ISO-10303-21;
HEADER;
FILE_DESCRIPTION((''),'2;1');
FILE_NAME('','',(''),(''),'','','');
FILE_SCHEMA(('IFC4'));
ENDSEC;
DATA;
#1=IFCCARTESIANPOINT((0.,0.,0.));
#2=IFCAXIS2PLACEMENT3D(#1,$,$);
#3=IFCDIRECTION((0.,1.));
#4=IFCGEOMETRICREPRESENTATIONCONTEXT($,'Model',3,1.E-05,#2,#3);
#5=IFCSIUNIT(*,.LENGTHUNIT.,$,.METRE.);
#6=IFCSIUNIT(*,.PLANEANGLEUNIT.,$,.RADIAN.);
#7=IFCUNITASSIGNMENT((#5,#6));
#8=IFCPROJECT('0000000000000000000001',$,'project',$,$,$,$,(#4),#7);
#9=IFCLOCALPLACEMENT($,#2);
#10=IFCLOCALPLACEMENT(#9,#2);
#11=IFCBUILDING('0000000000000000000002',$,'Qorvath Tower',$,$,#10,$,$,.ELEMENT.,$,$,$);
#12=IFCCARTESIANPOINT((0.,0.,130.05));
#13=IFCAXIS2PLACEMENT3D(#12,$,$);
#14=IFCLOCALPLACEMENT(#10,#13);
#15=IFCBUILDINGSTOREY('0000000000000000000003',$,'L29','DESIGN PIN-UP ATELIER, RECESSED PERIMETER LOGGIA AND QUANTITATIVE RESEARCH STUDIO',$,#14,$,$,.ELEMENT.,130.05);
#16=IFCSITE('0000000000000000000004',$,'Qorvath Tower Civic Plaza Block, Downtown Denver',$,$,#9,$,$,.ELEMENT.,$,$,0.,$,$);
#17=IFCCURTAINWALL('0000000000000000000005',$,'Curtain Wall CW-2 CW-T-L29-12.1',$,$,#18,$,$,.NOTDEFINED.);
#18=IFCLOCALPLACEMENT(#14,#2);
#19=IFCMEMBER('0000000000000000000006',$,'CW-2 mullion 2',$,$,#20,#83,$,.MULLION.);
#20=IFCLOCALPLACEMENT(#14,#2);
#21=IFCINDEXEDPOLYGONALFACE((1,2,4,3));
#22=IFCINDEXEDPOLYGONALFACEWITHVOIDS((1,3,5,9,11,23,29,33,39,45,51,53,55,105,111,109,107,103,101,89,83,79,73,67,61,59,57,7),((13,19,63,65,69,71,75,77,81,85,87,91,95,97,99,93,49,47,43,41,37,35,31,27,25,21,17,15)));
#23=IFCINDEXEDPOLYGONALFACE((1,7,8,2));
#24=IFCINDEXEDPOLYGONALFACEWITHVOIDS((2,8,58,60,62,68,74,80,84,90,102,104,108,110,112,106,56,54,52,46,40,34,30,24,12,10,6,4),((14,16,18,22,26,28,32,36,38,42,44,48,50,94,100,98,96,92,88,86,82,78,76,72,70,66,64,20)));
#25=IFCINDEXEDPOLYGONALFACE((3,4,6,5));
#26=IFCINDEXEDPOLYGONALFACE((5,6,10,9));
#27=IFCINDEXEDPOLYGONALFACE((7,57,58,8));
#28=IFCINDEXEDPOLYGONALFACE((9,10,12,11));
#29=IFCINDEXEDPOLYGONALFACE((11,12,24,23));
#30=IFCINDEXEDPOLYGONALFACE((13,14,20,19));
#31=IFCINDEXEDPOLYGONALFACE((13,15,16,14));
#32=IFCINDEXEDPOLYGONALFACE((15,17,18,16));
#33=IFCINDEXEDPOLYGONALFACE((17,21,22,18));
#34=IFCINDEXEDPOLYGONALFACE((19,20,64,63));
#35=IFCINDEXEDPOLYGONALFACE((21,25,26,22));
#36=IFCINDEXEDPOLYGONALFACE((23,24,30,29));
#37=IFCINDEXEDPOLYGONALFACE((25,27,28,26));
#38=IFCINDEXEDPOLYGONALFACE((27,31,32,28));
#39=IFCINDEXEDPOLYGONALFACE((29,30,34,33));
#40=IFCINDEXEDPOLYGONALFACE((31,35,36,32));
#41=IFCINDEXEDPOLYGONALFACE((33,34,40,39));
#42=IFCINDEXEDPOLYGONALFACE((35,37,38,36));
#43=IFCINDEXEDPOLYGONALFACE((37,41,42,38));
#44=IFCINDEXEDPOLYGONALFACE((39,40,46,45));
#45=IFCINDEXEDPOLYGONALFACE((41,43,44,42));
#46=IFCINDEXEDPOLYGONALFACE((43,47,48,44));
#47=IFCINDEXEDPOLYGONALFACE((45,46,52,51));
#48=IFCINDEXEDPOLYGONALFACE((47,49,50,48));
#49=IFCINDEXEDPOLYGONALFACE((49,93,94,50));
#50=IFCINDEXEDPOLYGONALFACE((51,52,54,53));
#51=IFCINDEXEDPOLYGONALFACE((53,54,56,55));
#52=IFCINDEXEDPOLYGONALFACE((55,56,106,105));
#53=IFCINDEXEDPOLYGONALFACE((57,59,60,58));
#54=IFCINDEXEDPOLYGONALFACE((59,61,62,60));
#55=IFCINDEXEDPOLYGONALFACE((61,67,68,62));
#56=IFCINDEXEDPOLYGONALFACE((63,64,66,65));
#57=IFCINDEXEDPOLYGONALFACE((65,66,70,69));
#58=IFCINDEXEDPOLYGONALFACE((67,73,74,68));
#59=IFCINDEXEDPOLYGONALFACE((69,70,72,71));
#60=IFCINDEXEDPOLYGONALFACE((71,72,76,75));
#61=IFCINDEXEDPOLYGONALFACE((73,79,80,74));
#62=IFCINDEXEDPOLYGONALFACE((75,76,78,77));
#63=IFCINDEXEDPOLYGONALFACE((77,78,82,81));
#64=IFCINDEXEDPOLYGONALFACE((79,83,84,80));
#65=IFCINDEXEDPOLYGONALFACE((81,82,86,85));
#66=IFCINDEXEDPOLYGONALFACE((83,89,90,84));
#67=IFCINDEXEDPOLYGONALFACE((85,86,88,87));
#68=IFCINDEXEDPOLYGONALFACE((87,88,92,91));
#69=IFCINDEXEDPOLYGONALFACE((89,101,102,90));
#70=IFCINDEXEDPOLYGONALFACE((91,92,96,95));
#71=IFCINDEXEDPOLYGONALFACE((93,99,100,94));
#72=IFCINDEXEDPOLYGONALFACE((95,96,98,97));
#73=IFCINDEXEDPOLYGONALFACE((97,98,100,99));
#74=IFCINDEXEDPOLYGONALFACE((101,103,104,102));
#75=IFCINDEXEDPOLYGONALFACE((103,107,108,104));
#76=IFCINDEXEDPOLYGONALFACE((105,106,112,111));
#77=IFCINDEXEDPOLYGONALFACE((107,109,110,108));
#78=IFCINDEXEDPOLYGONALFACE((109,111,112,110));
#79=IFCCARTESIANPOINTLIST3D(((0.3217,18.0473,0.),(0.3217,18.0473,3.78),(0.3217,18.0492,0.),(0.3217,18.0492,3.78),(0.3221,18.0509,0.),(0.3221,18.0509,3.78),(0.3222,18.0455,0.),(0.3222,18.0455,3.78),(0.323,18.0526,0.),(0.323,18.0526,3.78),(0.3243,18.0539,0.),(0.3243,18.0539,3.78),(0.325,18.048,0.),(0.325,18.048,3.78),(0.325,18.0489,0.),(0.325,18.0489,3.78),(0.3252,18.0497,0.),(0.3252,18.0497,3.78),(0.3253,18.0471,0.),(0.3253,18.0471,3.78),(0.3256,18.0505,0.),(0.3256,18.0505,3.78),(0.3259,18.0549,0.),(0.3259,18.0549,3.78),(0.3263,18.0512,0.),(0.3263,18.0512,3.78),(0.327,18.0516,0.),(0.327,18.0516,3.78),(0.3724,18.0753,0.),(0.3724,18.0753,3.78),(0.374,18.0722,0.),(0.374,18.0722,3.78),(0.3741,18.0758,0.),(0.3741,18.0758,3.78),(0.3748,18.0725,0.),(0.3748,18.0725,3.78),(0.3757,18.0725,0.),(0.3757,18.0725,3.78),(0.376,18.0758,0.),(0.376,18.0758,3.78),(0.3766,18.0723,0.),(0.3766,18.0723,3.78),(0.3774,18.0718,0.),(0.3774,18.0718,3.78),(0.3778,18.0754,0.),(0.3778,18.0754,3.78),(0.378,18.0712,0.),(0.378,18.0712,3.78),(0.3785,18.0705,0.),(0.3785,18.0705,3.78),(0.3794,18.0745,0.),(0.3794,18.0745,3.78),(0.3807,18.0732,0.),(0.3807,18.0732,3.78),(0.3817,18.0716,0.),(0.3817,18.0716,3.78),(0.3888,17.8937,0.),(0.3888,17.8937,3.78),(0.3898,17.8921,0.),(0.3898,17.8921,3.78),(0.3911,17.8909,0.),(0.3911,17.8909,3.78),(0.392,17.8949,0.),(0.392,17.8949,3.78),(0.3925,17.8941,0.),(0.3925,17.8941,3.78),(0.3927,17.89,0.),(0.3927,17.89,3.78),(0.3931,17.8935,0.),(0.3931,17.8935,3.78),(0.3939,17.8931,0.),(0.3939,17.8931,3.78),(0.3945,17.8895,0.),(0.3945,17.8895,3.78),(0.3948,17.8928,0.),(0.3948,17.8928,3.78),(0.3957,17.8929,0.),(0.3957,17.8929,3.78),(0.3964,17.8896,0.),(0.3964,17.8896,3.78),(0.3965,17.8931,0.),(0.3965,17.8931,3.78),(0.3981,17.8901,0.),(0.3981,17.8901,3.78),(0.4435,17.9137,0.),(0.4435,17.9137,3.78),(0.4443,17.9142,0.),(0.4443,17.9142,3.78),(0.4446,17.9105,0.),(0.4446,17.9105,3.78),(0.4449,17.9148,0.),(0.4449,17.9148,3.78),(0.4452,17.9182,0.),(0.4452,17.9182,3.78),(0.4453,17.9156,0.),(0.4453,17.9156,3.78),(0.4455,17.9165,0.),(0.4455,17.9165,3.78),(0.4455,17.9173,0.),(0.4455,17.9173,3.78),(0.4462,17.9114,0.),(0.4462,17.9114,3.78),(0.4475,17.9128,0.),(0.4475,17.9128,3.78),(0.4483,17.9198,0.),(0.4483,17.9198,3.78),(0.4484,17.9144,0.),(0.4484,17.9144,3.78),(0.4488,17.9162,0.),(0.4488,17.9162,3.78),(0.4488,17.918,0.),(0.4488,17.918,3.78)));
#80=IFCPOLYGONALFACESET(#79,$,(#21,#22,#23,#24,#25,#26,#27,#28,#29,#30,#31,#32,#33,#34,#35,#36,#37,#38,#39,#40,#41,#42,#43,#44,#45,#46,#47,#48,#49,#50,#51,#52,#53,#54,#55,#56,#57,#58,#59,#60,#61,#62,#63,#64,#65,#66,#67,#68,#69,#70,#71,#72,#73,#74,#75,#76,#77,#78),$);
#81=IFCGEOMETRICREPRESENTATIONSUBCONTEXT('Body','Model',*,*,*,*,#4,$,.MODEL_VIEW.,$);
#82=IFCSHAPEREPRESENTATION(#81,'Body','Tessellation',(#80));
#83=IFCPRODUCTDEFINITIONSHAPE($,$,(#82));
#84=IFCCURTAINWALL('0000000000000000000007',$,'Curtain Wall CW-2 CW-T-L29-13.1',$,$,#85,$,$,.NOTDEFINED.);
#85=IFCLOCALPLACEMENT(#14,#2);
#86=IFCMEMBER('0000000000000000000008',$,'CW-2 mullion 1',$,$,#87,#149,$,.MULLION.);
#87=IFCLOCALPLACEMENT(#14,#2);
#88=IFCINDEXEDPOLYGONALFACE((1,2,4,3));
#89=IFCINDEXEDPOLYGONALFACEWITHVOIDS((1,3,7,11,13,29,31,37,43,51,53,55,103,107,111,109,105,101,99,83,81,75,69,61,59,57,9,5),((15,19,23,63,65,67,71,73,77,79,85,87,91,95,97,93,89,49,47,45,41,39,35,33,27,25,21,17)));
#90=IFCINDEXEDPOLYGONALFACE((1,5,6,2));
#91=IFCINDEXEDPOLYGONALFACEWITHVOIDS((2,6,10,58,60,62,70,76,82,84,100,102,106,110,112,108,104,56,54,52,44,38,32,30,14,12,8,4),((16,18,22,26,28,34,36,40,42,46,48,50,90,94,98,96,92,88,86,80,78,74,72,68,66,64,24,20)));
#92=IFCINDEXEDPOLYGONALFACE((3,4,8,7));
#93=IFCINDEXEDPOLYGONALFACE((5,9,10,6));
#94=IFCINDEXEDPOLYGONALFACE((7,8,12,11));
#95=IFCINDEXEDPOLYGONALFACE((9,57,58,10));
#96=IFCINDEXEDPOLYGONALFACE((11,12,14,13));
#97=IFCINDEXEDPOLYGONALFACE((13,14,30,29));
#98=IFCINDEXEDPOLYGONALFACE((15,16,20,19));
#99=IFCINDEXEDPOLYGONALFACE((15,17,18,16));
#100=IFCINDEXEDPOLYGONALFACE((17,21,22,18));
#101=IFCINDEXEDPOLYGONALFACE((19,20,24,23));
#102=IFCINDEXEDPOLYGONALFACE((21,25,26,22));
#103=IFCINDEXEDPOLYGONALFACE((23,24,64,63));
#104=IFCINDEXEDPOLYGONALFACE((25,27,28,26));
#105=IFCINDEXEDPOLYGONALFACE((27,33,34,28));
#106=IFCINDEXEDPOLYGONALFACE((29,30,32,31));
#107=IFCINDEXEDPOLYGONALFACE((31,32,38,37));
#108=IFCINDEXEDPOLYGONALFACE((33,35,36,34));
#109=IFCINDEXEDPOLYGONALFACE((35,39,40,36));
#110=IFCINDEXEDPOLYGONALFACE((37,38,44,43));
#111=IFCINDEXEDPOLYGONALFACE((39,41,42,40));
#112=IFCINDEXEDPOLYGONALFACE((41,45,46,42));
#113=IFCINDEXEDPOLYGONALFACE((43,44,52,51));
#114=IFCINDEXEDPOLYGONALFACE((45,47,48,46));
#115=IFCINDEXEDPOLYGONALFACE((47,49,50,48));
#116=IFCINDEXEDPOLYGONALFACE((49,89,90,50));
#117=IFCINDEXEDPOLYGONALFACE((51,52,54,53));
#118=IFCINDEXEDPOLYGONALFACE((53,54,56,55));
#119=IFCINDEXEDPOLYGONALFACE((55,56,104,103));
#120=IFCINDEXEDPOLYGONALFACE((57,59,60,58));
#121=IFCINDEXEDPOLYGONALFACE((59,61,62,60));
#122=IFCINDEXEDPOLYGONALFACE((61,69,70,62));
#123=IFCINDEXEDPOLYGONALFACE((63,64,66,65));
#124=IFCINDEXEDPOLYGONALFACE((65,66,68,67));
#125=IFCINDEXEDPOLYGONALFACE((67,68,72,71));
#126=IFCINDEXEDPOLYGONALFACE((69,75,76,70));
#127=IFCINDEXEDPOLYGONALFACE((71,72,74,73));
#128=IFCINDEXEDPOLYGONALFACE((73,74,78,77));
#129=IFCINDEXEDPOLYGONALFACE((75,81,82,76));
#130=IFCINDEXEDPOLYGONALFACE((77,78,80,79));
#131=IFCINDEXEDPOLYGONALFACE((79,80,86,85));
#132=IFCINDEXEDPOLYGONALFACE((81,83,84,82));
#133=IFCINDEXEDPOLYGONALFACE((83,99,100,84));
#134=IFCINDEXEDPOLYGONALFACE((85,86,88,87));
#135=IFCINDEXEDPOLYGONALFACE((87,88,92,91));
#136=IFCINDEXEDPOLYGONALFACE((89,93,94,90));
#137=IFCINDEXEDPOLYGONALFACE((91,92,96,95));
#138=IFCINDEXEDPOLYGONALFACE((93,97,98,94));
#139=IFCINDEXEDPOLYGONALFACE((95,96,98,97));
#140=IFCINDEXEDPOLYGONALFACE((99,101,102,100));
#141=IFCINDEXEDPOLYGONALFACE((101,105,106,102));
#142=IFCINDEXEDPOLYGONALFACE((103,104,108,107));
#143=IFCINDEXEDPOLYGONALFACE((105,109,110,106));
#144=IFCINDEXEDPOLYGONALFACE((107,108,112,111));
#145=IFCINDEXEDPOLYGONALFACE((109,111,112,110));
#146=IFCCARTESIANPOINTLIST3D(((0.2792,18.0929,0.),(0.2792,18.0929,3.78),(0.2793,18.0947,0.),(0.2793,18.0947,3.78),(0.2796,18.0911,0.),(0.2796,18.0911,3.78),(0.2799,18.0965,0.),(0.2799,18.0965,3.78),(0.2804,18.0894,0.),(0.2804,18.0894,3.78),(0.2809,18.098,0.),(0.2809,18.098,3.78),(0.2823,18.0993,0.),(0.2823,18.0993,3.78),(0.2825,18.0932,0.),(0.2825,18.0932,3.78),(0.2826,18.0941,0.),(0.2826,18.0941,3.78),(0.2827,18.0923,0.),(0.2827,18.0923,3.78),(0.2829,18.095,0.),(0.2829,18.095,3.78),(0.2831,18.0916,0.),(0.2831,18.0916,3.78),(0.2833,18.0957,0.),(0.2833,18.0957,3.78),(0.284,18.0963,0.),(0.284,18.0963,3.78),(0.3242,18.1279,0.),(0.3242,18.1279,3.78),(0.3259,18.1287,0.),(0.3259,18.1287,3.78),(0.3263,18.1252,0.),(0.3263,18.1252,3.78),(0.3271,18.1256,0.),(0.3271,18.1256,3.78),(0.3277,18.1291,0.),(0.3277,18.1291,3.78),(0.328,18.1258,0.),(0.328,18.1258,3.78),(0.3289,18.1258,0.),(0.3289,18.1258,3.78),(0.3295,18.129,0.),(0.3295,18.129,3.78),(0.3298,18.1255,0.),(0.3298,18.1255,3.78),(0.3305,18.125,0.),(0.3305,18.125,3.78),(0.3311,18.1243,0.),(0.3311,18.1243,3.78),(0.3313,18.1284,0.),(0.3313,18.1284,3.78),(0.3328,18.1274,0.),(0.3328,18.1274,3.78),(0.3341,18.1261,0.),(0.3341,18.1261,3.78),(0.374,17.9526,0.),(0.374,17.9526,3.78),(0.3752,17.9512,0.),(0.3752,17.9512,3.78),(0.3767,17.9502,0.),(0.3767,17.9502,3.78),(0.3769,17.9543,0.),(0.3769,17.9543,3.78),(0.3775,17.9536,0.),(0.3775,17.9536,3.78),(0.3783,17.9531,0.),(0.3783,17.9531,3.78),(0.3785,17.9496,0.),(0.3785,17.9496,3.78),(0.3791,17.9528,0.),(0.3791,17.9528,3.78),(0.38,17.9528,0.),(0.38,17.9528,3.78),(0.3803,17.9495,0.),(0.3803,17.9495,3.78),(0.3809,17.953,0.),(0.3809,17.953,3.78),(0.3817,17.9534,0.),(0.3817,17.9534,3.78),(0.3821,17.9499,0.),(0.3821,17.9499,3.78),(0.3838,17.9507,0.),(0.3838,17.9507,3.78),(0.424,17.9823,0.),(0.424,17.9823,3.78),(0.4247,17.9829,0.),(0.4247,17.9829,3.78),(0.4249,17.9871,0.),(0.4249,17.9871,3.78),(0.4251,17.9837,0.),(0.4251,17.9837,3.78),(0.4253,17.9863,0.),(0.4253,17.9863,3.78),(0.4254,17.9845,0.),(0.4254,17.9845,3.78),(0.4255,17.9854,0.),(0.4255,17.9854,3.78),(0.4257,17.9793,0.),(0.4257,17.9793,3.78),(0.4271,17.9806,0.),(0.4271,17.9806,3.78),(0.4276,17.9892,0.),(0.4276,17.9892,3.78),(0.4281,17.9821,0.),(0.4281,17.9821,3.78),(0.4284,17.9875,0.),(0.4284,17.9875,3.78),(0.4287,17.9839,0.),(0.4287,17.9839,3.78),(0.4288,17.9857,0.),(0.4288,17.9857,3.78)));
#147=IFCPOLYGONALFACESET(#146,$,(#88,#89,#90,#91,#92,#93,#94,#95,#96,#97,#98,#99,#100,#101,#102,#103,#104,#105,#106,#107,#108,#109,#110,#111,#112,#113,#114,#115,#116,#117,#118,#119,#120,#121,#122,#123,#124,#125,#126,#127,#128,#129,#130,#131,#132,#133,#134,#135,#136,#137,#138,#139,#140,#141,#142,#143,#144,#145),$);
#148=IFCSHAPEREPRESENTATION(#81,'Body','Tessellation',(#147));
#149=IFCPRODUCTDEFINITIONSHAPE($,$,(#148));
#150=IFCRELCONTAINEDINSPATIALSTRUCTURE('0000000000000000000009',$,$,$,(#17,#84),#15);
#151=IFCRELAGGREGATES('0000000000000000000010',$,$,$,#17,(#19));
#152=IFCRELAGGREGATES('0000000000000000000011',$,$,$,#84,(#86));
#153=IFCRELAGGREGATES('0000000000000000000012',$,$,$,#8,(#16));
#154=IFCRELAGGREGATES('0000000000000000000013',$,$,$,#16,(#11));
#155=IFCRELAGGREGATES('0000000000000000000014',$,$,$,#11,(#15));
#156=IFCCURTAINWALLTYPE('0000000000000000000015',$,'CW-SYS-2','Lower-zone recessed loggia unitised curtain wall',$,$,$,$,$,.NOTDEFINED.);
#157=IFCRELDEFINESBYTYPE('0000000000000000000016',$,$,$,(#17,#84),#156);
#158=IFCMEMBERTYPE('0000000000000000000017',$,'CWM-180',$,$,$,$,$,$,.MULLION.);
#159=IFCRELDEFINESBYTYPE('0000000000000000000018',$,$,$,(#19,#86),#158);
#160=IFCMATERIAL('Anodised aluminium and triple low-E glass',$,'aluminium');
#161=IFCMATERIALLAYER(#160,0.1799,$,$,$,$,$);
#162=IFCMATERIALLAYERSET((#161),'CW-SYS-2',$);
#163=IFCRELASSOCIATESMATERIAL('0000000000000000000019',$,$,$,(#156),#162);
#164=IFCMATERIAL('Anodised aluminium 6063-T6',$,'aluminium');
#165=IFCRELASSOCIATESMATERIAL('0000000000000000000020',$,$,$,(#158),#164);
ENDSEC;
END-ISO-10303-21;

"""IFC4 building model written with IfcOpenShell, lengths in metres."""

from ifc_helpers import new_model, si_unit, direction, frame, origin, origin_2d, place, context, subcontext, project, spatial, hollow_rectangle, extrude, material, layer, layer_set, material_profile, profile_set, type_object, element, aggregate, save


model = new_model("IFC4")

# Units and contexts
model_context = context("Model", 3, precision=1e-05, world=origin(), true_north=direction((0.0, 1.0)))
body_context = subcontext(model_context, "Body", "Model", "MODEL_VIEW")
ifc_project = project(units=[si_unit("LENGTHUNIT", "METRE"), si_unit("PLANEANGLEUNIT", "RADIAN")], contexts=[model_context])

# Site, building, storey
site_placement = place(None, origin())
site = spatial("IfcSite", under=ifc_project, at=site_placement, Name="Qorvath Tower Civic Plaza Block, Downtown Denver", CompositionType="ELEMENT", RefElevation=0.0)
building_placement = place(site_placement, origin())
building = spatial("IfcBuilding", under=site, at=building_placement, Name="Qorvath Tower", CompositionType="ELEMENT")
storey_placement = place(building_placement, frame((0.0, 0.0, 130.05)))
storey = spatial("IfcBuildingStorey", under=building, at=storey_placement, Name="L29", Description="DESIGN PIN-UP ATELIER, RECESSED PERIMETER LOGGIA AND QUANTITATIVE RESEARCH STUDIO", CompositionType="ELEMENT", Elevation=130.05)

# Shared definitions
ifc_material_1 = material(Name="Anodised aluminium and triple low-E glass", Category="aluminium")
ifc_layer_1 = layer(ifc_material_1, 0.1799)
ifc_layer_set_1 = layer_set([ifc_layer_1], Name="CW-SYS-2")
curtain_wall_type = type_object("IfcCurtainWallType", Name="CW-SYS-2", Description="Lower-zone recessed loggia unitised curtain wall", PredefinedType="NOTDEFINED", material=ifc_layer_set_1)
ifc_material_2 = material(Name="Anodised aluminium 6063-T6", Category="aluminium")
ifc_material_profile_1 = material_profile(ifc_material_2, hollow_rectangle(XDim=0.0649, YDim=0.1799, WallThickness=0.0034, InnerFilletRadius=0.0034, OuterFilletRadius=0.0071, at=origin_2d()), Name="CWM 180x65")
ifc_profile_set_1 = profile_set([ifc_material_profile_1], Name="Anodised aluminium 6063-T6")
member_type_1 = type_object("IfcMemberType", Name="CWM-180", PredefinedType="MULLION", material=ifc_profile_set_1)

# Curtain walls, members
curtain_wall_1_placement = place(storey_placement, origin())
curtain_wall_1 = element("IfcCurtainWall", 1, at=curtain_wall_1_placement, inside=storey, type_object=curtain_wall_type, Name="Curtain Wall CW-2 CW-T-L29-12.1", PredefinedType="NOTDEFINED")
member_1_placement = place(storey_placement, frame((0.3853, 17.9827, 0.0), z_axis=(0.0, 0.0, 1.0), x_axis=(-0.915794, -0.401649, 0.0)))
member_1 = element("IfcMember", 2, at=member_1_placement, type_object=member_type_1, Name="CW-2 mullion 2", PredefinedType="MULLION", context=body_context, shape_type="SweptSolid", body=[
    extrude(hollow_rectangle(XDim=0.0649, YDim=0.1799, WallThickness=0.0034, InnerFilletRadius=0.0034, OuterFilletRadius=0.0071, at=origin_2d()), origin(), (0.0, 0.0, 1.0), 3.78),
])
curtain_wall_2_placement = place(storey_placement, origin())
curtain_wall_2 = element("IfcCurtainWall", 3, at=curtain_wall_2_placement, inside=storey, type_object=curtain_wall_type, Name="Curtain Wall CW-2 CW-T-L29-13.1", PredefinedType="NOTDEFINED")
member_2_placement = place(storey_placement, frame((0.354, 18.0393, 0.0), z_axis=(0.0, 0.0, 1.0), x_axis=(-0.825663, -0.564164, 0.0)))
member_2 = element("IfcMember", 4, at=member_2_placement, type_object=member_type_1, Name="CW-2 mullion 1", PredefinedType="MULLION", context=body_context, shape_type="SweptSolid", body=[
    extrude(hollow_rectangle(XDim=0.0649, YDim=0.1799, WallThickness=0.0034, InnerFilletRadius=0.0034, OuterFilletRadius=0.0071, at=origin_2d()), origin(), (0.0, 0.0, 1.0), 3.78),
])

aggregate(curtain_wall_1, [member_1])
aggregate(curtain_wall_2, [member_2])

save(model, "model.ifc")
